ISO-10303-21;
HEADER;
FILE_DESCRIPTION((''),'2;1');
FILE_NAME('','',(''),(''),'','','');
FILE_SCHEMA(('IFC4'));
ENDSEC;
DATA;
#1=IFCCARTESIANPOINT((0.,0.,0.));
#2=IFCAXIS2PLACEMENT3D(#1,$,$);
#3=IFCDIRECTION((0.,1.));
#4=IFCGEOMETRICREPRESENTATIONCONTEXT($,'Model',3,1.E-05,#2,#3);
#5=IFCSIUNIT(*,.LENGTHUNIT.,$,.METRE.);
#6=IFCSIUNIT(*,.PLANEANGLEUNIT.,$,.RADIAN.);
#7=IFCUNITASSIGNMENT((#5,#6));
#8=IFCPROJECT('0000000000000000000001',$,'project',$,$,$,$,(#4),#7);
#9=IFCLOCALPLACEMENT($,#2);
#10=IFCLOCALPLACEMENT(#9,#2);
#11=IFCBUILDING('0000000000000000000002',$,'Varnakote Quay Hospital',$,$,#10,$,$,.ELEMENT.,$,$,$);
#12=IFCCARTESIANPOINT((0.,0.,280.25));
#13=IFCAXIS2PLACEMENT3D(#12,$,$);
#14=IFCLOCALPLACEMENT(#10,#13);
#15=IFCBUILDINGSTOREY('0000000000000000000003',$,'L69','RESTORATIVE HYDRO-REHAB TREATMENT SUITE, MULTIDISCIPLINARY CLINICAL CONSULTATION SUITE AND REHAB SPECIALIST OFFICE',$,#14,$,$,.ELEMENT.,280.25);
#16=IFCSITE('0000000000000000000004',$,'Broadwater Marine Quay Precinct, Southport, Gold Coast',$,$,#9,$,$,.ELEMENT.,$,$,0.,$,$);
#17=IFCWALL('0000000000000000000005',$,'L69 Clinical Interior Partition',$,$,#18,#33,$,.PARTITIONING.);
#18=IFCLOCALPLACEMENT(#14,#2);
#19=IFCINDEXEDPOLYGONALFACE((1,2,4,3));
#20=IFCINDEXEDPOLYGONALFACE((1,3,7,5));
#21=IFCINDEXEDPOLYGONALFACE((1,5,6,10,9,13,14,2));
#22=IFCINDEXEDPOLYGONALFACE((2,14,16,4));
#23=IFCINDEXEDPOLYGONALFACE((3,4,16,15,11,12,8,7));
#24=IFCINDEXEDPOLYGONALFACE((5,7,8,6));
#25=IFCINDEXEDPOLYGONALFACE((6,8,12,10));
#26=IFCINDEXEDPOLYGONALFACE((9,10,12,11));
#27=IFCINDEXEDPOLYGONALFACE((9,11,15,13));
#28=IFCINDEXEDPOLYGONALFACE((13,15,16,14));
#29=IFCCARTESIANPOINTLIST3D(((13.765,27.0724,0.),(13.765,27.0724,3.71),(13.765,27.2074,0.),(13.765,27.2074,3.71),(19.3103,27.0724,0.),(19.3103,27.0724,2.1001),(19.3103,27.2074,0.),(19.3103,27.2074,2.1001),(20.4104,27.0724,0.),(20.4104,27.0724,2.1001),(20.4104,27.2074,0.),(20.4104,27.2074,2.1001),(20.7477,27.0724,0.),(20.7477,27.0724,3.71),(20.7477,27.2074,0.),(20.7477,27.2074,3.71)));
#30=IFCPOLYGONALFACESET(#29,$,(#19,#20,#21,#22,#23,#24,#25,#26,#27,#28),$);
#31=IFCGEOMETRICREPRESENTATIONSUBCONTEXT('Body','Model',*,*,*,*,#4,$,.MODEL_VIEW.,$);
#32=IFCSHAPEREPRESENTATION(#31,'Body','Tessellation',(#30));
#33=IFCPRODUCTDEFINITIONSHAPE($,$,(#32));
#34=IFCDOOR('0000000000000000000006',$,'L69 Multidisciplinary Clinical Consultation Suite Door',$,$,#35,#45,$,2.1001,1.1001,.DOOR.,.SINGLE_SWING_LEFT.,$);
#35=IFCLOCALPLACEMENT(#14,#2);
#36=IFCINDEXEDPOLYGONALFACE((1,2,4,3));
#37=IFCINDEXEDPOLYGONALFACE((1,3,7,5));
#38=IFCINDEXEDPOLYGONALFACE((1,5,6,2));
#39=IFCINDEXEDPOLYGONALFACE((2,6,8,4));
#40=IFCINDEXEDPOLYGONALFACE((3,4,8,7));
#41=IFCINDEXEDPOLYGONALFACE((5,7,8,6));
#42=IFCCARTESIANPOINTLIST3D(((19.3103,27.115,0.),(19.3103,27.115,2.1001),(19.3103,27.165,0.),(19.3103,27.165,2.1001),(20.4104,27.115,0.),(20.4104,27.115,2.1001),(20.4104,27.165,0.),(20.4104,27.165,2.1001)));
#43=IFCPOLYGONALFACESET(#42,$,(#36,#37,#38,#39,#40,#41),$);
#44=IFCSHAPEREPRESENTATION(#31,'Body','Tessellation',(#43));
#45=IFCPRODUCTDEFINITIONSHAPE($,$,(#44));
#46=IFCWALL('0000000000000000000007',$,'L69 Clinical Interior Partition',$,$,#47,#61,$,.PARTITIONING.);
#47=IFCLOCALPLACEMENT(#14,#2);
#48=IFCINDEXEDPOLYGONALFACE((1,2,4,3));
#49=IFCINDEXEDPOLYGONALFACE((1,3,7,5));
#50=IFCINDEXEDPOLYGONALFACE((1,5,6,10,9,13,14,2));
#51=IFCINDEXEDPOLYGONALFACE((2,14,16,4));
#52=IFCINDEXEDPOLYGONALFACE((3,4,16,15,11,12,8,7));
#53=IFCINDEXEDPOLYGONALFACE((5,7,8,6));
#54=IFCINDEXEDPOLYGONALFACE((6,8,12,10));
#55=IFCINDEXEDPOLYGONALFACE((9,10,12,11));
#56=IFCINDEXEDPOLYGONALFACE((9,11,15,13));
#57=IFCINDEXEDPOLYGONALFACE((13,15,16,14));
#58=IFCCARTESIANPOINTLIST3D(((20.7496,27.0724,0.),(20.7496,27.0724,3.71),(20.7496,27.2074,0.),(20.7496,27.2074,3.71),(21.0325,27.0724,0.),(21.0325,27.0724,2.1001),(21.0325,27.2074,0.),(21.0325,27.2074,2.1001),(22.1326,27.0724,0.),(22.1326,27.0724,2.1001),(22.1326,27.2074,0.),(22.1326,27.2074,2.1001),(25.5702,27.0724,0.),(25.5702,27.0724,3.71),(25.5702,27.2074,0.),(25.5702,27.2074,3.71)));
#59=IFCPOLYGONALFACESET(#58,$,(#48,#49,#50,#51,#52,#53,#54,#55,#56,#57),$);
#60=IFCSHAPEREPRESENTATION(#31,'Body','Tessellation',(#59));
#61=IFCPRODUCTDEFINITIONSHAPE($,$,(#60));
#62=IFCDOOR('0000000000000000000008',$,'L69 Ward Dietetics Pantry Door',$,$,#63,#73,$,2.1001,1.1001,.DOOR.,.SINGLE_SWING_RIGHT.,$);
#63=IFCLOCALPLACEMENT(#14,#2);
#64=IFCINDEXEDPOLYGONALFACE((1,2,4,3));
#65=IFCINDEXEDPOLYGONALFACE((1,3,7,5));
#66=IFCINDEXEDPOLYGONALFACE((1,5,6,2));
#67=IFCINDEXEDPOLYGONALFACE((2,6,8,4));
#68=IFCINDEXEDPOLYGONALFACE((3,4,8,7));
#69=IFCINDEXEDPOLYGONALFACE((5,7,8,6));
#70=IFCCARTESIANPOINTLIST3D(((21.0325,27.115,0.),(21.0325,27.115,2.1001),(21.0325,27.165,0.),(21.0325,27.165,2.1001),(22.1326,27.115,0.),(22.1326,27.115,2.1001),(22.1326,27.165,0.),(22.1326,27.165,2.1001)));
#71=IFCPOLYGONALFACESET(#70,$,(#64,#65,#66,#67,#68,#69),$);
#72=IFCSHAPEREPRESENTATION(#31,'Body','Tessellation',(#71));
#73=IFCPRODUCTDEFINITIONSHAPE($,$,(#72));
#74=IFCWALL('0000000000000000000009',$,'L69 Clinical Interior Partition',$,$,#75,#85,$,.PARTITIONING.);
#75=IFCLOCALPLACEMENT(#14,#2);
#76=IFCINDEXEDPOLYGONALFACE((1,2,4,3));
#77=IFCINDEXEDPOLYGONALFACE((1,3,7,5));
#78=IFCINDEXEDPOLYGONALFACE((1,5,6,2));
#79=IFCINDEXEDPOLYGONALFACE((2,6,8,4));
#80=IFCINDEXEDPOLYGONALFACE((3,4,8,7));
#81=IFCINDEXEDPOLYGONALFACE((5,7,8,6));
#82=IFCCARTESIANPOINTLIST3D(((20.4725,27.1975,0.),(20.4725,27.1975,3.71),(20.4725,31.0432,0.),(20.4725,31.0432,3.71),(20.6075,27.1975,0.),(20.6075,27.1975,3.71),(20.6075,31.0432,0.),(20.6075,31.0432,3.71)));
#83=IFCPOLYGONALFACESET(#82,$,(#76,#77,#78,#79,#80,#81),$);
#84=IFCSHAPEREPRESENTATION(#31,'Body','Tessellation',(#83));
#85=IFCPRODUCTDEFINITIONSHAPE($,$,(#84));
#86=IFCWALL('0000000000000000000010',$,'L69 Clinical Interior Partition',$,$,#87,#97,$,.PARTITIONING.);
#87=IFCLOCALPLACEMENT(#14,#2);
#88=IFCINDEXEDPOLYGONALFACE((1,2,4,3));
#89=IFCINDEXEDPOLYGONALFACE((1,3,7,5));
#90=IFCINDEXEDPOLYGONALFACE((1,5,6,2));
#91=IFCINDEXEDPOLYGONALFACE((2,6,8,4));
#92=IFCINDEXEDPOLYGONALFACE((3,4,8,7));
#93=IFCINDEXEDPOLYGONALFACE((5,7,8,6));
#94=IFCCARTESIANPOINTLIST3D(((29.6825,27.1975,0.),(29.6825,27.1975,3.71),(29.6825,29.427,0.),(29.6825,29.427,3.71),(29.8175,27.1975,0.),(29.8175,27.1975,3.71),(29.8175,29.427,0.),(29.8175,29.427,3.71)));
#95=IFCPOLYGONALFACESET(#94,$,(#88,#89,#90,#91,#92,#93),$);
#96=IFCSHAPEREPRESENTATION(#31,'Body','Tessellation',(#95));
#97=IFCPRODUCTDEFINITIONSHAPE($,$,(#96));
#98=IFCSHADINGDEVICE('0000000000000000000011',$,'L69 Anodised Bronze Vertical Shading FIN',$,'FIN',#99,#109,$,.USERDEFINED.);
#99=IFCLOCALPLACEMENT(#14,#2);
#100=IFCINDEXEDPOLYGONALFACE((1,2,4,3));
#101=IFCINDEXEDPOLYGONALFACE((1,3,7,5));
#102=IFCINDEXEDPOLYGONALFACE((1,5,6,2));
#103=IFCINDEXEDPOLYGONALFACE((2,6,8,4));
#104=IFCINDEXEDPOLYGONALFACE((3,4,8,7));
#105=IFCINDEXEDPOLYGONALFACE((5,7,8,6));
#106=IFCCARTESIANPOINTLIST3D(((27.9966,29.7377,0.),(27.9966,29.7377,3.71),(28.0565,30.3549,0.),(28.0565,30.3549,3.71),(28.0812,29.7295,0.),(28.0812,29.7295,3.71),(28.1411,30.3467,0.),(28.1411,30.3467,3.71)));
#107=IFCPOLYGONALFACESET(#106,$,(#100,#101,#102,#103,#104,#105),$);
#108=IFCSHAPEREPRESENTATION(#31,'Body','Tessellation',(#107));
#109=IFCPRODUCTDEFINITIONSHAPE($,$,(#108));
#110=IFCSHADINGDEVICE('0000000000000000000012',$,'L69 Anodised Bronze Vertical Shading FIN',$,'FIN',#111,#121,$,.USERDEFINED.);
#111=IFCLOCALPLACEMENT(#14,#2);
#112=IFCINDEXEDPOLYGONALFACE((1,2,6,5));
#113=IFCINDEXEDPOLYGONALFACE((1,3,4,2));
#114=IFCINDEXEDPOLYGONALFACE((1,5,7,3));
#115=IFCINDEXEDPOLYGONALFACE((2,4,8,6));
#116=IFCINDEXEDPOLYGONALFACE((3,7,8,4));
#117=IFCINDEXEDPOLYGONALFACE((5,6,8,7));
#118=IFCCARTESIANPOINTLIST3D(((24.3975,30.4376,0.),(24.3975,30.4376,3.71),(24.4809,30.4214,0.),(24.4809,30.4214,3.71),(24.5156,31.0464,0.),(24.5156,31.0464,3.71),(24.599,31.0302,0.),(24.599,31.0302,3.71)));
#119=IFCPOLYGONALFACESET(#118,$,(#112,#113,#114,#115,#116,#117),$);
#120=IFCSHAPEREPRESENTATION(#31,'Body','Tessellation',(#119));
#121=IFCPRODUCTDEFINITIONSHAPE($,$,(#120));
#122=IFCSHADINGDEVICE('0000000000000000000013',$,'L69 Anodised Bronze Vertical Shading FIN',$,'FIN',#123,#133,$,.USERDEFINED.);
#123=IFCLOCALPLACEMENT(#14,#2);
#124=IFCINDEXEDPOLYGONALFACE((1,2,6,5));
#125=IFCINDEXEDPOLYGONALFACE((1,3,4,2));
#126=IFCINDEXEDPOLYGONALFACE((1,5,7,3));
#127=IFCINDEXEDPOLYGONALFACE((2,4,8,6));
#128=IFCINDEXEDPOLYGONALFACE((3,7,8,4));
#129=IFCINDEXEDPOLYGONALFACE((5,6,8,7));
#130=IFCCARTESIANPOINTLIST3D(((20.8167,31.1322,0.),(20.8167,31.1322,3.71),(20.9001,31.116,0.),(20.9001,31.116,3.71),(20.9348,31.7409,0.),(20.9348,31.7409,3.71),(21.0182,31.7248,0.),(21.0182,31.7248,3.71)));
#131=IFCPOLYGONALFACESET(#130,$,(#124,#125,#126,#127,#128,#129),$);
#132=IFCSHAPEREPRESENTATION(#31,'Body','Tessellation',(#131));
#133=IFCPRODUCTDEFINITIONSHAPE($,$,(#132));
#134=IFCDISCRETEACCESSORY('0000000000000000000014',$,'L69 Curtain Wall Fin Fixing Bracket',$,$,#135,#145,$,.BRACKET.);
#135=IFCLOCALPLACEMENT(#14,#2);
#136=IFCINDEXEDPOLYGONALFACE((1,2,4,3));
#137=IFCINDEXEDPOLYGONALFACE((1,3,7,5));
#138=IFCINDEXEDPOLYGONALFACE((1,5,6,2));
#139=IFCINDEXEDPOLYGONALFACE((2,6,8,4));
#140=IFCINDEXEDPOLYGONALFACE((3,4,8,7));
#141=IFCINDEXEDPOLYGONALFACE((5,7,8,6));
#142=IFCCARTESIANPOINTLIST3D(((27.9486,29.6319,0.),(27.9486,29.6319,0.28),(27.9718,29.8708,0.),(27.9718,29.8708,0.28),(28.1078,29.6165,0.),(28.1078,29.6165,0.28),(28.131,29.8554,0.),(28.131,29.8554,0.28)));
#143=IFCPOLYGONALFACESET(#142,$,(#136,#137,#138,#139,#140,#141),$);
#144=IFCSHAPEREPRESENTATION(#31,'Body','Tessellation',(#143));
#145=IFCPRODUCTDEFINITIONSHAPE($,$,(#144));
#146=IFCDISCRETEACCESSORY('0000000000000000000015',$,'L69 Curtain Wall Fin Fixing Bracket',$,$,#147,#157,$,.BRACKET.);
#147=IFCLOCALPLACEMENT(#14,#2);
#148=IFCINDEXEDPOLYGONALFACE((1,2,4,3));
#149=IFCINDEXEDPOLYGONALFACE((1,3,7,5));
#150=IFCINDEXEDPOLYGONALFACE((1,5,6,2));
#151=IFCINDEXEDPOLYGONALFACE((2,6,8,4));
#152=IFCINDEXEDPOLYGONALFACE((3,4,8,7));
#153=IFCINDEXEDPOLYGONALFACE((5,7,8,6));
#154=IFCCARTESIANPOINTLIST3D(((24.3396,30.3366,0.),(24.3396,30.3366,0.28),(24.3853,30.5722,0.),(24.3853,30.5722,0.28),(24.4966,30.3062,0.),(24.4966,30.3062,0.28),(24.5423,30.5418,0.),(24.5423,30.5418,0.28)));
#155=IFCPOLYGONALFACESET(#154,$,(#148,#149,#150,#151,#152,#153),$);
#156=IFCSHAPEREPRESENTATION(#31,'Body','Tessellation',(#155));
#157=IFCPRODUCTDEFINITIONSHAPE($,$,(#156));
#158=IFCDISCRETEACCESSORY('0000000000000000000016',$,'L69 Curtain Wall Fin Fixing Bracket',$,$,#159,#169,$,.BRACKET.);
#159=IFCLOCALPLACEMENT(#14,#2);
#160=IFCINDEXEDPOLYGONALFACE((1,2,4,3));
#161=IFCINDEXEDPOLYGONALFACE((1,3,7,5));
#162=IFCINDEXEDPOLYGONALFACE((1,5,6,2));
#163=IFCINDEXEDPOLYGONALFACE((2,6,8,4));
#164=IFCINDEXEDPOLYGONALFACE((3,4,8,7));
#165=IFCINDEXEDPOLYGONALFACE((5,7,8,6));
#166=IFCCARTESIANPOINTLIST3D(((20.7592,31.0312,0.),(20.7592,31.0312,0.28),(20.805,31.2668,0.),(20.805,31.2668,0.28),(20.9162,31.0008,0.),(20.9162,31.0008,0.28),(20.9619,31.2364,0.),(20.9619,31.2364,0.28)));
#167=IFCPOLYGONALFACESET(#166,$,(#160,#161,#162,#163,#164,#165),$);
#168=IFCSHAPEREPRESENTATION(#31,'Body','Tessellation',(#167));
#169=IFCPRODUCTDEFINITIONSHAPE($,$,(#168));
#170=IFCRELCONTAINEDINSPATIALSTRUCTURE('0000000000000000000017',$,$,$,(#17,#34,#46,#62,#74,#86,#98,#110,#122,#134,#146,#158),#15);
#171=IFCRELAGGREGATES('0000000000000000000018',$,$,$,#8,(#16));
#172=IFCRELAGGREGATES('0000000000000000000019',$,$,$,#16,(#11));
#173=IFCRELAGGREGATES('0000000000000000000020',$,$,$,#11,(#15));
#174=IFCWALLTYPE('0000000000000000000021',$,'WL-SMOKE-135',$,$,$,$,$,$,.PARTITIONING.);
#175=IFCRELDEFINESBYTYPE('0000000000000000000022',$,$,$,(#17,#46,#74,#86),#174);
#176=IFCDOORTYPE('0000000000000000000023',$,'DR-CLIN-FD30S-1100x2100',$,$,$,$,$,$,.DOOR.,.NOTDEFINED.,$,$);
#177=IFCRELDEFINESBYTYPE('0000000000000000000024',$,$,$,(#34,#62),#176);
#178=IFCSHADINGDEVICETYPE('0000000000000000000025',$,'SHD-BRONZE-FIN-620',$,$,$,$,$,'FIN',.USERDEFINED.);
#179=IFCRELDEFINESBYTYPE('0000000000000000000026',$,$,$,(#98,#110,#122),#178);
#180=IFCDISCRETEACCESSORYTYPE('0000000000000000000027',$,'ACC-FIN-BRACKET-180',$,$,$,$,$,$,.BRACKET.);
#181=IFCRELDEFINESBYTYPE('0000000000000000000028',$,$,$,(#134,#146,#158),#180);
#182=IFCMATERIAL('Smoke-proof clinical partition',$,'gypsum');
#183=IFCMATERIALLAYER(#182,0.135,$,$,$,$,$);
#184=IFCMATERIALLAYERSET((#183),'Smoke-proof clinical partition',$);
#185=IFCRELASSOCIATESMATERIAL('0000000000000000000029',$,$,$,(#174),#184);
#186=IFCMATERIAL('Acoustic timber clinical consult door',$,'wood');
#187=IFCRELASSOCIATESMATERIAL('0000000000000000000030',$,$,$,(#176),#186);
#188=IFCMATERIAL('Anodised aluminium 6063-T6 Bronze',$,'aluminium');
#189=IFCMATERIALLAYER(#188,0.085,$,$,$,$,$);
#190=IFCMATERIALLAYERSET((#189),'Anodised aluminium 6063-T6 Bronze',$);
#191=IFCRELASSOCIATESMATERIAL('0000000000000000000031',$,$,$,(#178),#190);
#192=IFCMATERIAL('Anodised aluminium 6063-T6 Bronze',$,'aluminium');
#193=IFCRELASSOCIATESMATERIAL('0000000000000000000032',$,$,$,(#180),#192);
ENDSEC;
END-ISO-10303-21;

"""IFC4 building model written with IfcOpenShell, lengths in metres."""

from ifc_helpers import new_model, si_unit, direction, frame, frame_2d, origin, origin_2d, place, context, subcontext, project, spatial, rectangle, extrude, material, layer, layer_set, type_object, element, fill, save


model = new_model("IFC4")

# Units and contexts
model_context = context("Model", 3, precision=1e-05, world=origin(), true_north=direction((0.0, 1.0)))
body_context = subcontext(model_context, "Body", "Model", "MODEL_VIEW")
ifc_project = project(units=[si_unit("LENGTHUNIT", "METRE"), si_unit("PLANEANGLEUNIT", "RADIAN")], contexts=[model_context])

# Site, building, storey
site_placement = place(None, origin())
site = spatial("IfcSite", under=ifc_project, at=site_placement, Name="Broadwater Marine Quay Precinct, Southport, Gold Coast", CompositionType="ELEMENT", RefElevation=0.0)
building_placement = place(site_placement, origin())
building = spatial("IfcBuilding", under=site, at=building_placement, Name="Varnakote Quay Hospital", CompositionType="ELEMENT")
storey_placement = place(building_placement, frame((0.0, 0.0, 280.25)))
storey = spatial("IfcBuildingStorey", under=building, at=storey_placement, Name="L69", Description="RESTORATIVE HYDRO-REHAB TREATMENT SUITE, MULTIDISCIPLINARY CLINICAL CONSULTATION SUITE AND REHAB SPECIALIST OFFICE", CompositionType="ELEMENT", Elevation=280.25)

# Walls, openings, doors
ifc_material_1 = material(Name="Smoke-proof clinical partition", Category="gypsum")
ifc_layer_1 = layer(ifc_material_1, 0.135)
ifc_layer_set_1 = layer_set([ifc_layer_1], Name="Smoke-proof clinical partition")
wall_type = type_object("IfcWallType", Name="WL-SMOKE-135", PredefinedType="PARTITIONING", material=ifc_layer_set_1)
ifc_material_2 = material(Name="Acoustic timber clinical consult door", Category="wood")
door_type = type_object("IfcDoorType", Name="DR-CLIN-FD30S-1100x2100", OperationType="NOTDEFINED", PredefinedType="DOOR", material=ifc_material_2)
wall_1_placement = place(storey_placement, frame((20.7476, 27.1399, 0.0), z_axis=(0.0, 0.0, 1.0), x_axis=(-1.0, 0.0, 0.0)))
wall_1 = element("IfcWall", 1, at=wall_1_placement, inside=storey, type_object=wall_type, Name="L69 Clinical Interior Partition", PredefinedType="PARTITIONING", context=body_context, shape_type="SweptSolid", body=[
    extrude(rectangle(XDim=6.9827, YDim=0.135, at=frame_2d((3.4912, 0.0))), origin(), (0.0, 0.0, 1.0), 3.71),
])
opening_1_placement = place(wall_1_placement, frame((0.3372, 0.0, 0.0)))
opening_1 = element("IfcOpeningElement", 2, at=opening_1_placement, cuts=wall_1, PredefinedType="OPENING", context=body_context, shape_type="SweptSolid", body=[
    extrude(rectangle(XDim=1.1001, YDim=2.1001, at=frame_2d((0.55, 1.05))), frame((0.0, 0.0774, 0.0), z_axis=(0.0, -1.0, 0.0), x_axis=(1.0, 0.0, 0.0)), (0.0, 0.0, 1.0), 0.155),
])
door_1_placement = place(opening_1_placement, origin())
door_1 = element("IfcDoor", 3, at=door_1_placement, inside=storey, type_object=door_type, Name="L69 Multidisciplinary Clinical Consultation Suite Door", OperationType="SINGLE_SWING_LEFT", OverallHeight=2.1001, OverallWidth=1.1001, PredefinedType="DOOR", context=body_context, shape_type="SweptSolid", body=[
    extrude(rectangle(XDim=1.1001, YDim=2.1001, at=frame_2d((0.55, 1.05))), frame((0.0, 0.0249, 0.0), z_axis=(0.0, -1.0, 0.0), x_axis=(1.0, 0.0, 0.0)), (0.0, 0.0, 1.0), 0.05),
])
fill(opening_1, door_1)
wall_2_placement = place(storey_placement, frame((25.5701, 27.1399, 0.0), z_axis=(0.0, 0.0, 1.0), x_axis=(-1.0, 0.0, 0.0)))
wall_2 = element("IfcWall", 4, at=wall_2_placement, inside=storey, type_object=wall_type, Name="L69 Clinical Interior Partition", PredefinedType="PARTITIONING", context=body_context, shape_type="SweptSolid", body=[
    extrude(rectangle(XDim=4.8206, YDim=0.135, at=frame_2d((2.4102, 0.0))), origin(), (0.0, 0.0, 1.0), 3.71),
])
opening_2_placement = place(wall_2_placement, frame((3.4375, 0.0, 0.0)))
opening_2 = element("IfcOpeningElement", 5, at=opening_2_placement, cuts=wall_2, PredefinedType="OPENING", context=body_context, shape_type="SweptSolid", body=[
    extrude(rectangle(XDim=1.1001, YDim=2.1001, at=frame_2d((0.55, 1.05))), frame((0.0, 0.0774, 0.0), z_axis=(0.0, -1.0, 0.0), x_axis=(1.0, 0.0, 0.0)), (0.0, 0.0, 1.0), 0.155),
])
door_2_placement = place(opening_2_placement, origin())
door_2 = element("IfcDoor", 6, at=door_2_placement, inside=storey, type_object=door_type, Name="L69 Ward Dietetics Pantry Door", OperationType="SINGLE_SWING_RIGHT", OverallHeight=2.1001, OverallWidth=1.1001, PredefinedType="DOOR", context=body_context, shape_type="SweptSolid", body=[
    extrude(rectangle(XDim=1.1001, YDim=2.1001, at=frame_2d((0.55, 1.05))), frame((0.0, 0.0249, 0.0), z_axis=(0.0, -1.0, 0.0), x_axis=(1.0, 0.0, 0.0)), (0.0, 0.0, 1.0), 0.05),
])
fill(opening_2, door_2)

# Walls
wall_3_placement = place(storey_placement, frame((20.54, 27.1975, 0.0), z_axis=(0.0, 0.0, 1.0), x_axis=(0.0, 1.0, 0.0)))
element("IfcWall", 7, at=wall_3_placement, inside=storey, type_object=wall_type, Name="L69 Clinical Interior Partition", PredefinedType="PARTITIONING", context=body_context, shape_type="SweptSolid", body=[
    extrude(rectangle(XDim=3.8457, YDim=0.135, at=frame_2d((1.9229, 0.0))), origin(), (0.0, 0.0, 1.0), 3.71),
])
wall_4_placement = place(storey_placement, frame((29.75, 27.1975, 0.0), z_axis=(0.0, 0.0, 1.0), x_axis=(0.0, 1.0, 0.0)))
element("IfcWall", 8, at=wall_4_placement, inside=storey, type_object=wall_type, Name="L69 Clinical Interior Partition", PredefinedType="PARTITIONING", context=body_context, shape_type="SweptSolid", body=[
    extrude(rectangle(XDim=2.2295, YDim=0.135, at=frame_2d((1.1147, 0.0))), origin(), (0.0, 0.0, 1.0), 3.71),
])

# Shading devices
ifc_material_3 = material(Name="Anodised aluminium 6063-T6 Bronze", Category="aluminium")
ifc_layer_2 = layer(ifc_material_3, 0.085)
ifc_layer_set_2 = layer_set([ifc_layer_2], Name="Anodised aluminium 6063-T6 Bronze")
shading_device_type = type_object("IfcShadingDeviceType", Name="SHD-BRONZE-FIN-620", ElementType="FIN", PredefinedType="USERDEFINED", material=ifc_layer_set_2)
for number, where, z_axis, x_axis, name in (
    (9, (28.0688, 30.0422, 0.0), (0.0, 0.0, 1.0), (-0.096541, -0.995329, 0.0), "L69 Anodised Bronze Vertical Shading FIN"),
    (10, (24.4983, 30.7339, 0.0), (0.0, 0.0, 1.0), (-0.190466, -0.981694, 0.0), "L69 Anodised Bronze Vertical Shading FIN"),
    (11, (20.9175, 31.4285, 0.0), (0.0, 0.0, 1.0), (-0.190466, -0.981694, 0.0), "L69 Anodised Bronze Vertical Shading FIN"),
):
    element("IfcShadingDevice", number, at=place(storey_placement, frame(where, z_axis=z_axis, x_axis=x_axis)), inside=storey, type_object=shading_device_type, Name=name, ObjectType="FIN", PredefinedType="USERDEFINED", context=body_context, shape_type="SweptSolid", body=[
        extrude(rectangle(XDim=0.6201, YDim=0.085, at=origin_2d()), origin(), (0.0, 0.0, 1.0), 3.71),
    ])

# Discrete accessories
ifc_material_4 = material(Name="Anodised aluminium 6063-T6 Bronze", Category="aluminium")
discrete_accessory_type = type_object("IfcDiscreteAccessoryType", Name="ACC-FIN-BRACKET-180", PredefinedType="BRACKET", material=ifc_material_4)
for number, where, z_axis, x_axis, name in (
    (12, (28.0398, 29.7437, 0.0), (0.0, 0.0, 1.0), (-0.995329, 0.096541, 0.0), "L69 Curtain Wall Fin Fixing Bracket"),
    (13, (24.4409, 30.4392, 0.0), (0.0, 0.0, 1.0), (-0.981694, 0.190466, 0.0), "L69 Curtain Wall Fin Fixing Bracket"),
    (14, (20.8606, 31.1338, 0.0), (0.0, 0.0, 1.0), (-0.981694, 0.190466, 0.0), "L69 Curtain Wall Fin Fixing Bracket"),
):
    element("IfcDiscreteAccessory", number, at=place(storey_placement, frame(where, z_axis=z_axis, x_axis=x_axis)), inside=storey, type_object=discrete_accessory_type, Name=name, PredefinedType="BRACKET", context=body_context, shape_type="SweptSolid", body=[
        extrude(rectangle(XDim=0.1599, YDim=0.24, at=origin_2d()), origin(), (0.0, 0.0, 1.0), 0.28),
    ])

save(model, "model.ifc")
